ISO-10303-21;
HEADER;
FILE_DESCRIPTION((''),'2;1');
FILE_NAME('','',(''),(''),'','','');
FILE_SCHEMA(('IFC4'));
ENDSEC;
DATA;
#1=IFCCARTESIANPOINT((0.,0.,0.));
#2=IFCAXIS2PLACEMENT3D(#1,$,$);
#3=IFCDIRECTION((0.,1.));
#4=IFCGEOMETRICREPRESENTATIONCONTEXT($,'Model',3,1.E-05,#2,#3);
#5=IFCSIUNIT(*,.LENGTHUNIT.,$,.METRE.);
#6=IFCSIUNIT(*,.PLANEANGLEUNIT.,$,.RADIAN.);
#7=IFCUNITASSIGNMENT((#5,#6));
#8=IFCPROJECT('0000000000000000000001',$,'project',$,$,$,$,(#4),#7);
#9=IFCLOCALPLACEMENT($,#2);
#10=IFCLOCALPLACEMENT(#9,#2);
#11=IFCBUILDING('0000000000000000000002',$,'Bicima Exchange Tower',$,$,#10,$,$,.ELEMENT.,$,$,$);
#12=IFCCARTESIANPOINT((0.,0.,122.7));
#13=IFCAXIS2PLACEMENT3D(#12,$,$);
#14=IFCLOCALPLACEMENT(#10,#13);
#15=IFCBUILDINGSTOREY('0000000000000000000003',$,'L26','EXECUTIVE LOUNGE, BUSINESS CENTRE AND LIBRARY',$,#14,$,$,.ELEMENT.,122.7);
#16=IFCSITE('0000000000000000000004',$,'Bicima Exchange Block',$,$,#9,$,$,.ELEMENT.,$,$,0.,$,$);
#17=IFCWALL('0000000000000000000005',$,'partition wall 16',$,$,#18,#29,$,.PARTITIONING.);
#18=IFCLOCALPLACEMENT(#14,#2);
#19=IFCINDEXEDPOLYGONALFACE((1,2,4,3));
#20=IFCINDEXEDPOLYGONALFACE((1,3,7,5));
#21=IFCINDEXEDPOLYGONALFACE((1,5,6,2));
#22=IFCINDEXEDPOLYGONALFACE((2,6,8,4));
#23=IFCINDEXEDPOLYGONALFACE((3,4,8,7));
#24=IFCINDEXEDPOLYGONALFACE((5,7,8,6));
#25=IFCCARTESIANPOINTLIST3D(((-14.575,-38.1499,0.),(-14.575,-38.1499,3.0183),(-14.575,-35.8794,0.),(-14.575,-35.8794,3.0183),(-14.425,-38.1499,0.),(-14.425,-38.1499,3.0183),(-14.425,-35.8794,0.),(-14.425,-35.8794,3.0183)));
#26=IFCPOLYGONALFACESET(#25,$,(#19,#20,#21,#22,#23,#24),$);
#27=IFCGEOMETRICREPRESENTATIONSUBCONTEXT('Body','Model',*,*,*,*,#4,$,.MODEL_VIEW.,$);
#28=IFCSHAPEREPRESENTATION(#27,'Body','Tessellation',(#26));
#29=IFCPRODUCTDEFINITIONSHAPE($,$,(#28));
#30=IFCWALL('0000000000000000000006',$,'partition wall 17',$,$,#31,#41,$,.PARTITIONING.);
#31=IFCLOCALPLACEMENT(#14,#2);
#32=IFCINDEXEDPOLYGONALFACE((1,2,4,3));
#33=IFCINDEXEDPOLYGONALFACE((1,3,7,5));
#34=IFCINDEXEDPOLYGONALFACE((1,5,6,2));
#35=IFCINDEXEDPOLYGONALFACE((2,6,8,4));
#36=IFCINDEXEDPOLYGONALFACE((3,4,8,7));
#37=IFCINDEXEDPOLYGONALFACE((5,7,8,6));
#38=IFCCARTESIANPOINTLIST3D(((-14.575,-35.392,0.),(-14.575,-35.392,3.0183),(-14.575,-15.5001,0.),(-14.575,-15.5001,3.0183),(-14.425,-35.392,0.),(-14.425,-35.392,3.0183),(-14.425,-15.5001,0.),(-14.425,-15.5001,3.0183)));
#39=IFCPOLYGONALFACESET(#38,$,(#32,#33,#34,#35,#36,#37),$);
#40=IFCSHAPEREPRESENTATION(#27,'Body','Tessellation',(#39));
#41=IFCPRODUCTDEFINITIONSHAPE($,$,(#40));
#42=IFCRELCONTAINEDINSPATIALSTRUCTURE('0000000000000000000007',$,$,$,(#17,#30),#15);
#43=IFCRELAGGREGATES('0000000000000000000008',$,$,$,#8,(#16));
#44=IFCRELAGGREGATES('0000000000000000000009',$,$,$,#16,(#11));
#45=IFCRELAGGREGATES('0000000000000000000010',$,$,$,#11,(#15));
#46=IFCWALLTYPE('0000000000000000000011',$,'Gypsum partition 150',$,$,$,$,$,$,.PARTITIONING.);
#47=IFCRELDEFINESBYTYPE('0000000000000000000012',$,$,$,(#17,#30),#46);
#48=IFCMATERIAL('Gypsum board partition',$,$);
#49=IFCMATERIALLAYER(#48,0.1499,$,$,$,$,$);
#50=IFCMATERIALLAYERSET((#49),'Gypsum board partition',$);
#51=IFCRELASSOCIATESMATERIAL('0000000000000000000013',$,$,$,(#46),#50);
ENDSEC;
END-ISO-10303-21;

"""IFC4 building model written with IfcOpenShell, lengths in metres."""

from ifc_helpers import new_model, si_unit, direction, frame, frame_2d, origin, place, context, subcontext, project, spatial, rectangle, extrude, material, layer, layer_set, type_object, element, save


model = new_model("IFC4")

# Units and contexts
model_context = context("Model", 3, precision=1e-05, world=origin(), true_north=direction((0.0, 1.0)))
body_context = subcontext(model_context, "Body", "Model", "MODEL_VIEW")
ifc_project = project(units=[si_unit("LENGTHUNIT", "METRE"), si_unit("PLANEANGLEUNIT", "RADIAN")], contexts=[model_context])

# Site, building, storey
site_placement = place(None, origin())
site = spatial("IfcSite", under=ifc_project, at=site_placement, Name="Bicima Exchange Block", CompositionType="ELEMENT", RefElevation=0.0)
building_placement = place(site_placement, origin())
building = spatial("IfcBuilding", under=site, at=building_placement, Name="Bicima Exchange Tower", CompositionType="ELEMENT")
storey_placement = place(building_placement, frame((0.0, 0.0, 122.7)))
storey = spatial("IfcBuildingStorey", under=building, at=storey_placement, Name="L26", Description="EXECUTIVE LOUNGE, BUSINESS CENTRE AND LIBRARY", CompositionType="ELEMENT", Elevation=122.7)

# Walls
ifc_material_1 = material(Name="Gypsum board partition")
ifc_layer_1 = layer(ifc_material_1, 0.1499)
ifc_layer_set_1 = layer_set([ifc_layer_1], Name="Gypsum board partition")
wall_type = type_object("IfcWallType", Name="Gypsum partition 150", PredefinedType="PARTITIONING", material=ifc_layer_set_1)
wall_1_placement = place(storey_placement, frame((-14.5, -38.1499, 0.0), z_axis=(0.0, 0.0, 1.0), x_axis=(0.0, 1.0, 0.0)))
element("IfcWall", 1, at=wall_1_placement, inside=storey, type_object=wall_type, Name="partition wall 16", PredefinedType="PARTITIONING", context=body_context, shape_type="SweptSolid", body=[
    extrude(rectangle(XDim=2.2705, YDim=0.1499, at=frame_2d((1.1353, 0.0))), origin(), (0.0, 0.0, 1.0), 3.0183),
])
wall_2_placement = place(storey_placement, frame((-14.5, -35.3918, 0.0), z_axis=(0.0, 0.0, 1.0), x_axis=(0.0, 1.0, 0.0)))
element("IfcWall", 2, at=wall_2_placement, inside=storey, type_object=wall_type, Name="partition wall 17", PredefinedType="PARTITIONING", context=body_context, shape_type="SweptSolid", body=[
    extrude(rectangle(XDim=19.8918, YDim=0.1499, at=frame_2d((9.9458, 0.0))), origin(), (0.0, 0.0, 1.0), 3.0183),
])

save(model, "model.ifc")
